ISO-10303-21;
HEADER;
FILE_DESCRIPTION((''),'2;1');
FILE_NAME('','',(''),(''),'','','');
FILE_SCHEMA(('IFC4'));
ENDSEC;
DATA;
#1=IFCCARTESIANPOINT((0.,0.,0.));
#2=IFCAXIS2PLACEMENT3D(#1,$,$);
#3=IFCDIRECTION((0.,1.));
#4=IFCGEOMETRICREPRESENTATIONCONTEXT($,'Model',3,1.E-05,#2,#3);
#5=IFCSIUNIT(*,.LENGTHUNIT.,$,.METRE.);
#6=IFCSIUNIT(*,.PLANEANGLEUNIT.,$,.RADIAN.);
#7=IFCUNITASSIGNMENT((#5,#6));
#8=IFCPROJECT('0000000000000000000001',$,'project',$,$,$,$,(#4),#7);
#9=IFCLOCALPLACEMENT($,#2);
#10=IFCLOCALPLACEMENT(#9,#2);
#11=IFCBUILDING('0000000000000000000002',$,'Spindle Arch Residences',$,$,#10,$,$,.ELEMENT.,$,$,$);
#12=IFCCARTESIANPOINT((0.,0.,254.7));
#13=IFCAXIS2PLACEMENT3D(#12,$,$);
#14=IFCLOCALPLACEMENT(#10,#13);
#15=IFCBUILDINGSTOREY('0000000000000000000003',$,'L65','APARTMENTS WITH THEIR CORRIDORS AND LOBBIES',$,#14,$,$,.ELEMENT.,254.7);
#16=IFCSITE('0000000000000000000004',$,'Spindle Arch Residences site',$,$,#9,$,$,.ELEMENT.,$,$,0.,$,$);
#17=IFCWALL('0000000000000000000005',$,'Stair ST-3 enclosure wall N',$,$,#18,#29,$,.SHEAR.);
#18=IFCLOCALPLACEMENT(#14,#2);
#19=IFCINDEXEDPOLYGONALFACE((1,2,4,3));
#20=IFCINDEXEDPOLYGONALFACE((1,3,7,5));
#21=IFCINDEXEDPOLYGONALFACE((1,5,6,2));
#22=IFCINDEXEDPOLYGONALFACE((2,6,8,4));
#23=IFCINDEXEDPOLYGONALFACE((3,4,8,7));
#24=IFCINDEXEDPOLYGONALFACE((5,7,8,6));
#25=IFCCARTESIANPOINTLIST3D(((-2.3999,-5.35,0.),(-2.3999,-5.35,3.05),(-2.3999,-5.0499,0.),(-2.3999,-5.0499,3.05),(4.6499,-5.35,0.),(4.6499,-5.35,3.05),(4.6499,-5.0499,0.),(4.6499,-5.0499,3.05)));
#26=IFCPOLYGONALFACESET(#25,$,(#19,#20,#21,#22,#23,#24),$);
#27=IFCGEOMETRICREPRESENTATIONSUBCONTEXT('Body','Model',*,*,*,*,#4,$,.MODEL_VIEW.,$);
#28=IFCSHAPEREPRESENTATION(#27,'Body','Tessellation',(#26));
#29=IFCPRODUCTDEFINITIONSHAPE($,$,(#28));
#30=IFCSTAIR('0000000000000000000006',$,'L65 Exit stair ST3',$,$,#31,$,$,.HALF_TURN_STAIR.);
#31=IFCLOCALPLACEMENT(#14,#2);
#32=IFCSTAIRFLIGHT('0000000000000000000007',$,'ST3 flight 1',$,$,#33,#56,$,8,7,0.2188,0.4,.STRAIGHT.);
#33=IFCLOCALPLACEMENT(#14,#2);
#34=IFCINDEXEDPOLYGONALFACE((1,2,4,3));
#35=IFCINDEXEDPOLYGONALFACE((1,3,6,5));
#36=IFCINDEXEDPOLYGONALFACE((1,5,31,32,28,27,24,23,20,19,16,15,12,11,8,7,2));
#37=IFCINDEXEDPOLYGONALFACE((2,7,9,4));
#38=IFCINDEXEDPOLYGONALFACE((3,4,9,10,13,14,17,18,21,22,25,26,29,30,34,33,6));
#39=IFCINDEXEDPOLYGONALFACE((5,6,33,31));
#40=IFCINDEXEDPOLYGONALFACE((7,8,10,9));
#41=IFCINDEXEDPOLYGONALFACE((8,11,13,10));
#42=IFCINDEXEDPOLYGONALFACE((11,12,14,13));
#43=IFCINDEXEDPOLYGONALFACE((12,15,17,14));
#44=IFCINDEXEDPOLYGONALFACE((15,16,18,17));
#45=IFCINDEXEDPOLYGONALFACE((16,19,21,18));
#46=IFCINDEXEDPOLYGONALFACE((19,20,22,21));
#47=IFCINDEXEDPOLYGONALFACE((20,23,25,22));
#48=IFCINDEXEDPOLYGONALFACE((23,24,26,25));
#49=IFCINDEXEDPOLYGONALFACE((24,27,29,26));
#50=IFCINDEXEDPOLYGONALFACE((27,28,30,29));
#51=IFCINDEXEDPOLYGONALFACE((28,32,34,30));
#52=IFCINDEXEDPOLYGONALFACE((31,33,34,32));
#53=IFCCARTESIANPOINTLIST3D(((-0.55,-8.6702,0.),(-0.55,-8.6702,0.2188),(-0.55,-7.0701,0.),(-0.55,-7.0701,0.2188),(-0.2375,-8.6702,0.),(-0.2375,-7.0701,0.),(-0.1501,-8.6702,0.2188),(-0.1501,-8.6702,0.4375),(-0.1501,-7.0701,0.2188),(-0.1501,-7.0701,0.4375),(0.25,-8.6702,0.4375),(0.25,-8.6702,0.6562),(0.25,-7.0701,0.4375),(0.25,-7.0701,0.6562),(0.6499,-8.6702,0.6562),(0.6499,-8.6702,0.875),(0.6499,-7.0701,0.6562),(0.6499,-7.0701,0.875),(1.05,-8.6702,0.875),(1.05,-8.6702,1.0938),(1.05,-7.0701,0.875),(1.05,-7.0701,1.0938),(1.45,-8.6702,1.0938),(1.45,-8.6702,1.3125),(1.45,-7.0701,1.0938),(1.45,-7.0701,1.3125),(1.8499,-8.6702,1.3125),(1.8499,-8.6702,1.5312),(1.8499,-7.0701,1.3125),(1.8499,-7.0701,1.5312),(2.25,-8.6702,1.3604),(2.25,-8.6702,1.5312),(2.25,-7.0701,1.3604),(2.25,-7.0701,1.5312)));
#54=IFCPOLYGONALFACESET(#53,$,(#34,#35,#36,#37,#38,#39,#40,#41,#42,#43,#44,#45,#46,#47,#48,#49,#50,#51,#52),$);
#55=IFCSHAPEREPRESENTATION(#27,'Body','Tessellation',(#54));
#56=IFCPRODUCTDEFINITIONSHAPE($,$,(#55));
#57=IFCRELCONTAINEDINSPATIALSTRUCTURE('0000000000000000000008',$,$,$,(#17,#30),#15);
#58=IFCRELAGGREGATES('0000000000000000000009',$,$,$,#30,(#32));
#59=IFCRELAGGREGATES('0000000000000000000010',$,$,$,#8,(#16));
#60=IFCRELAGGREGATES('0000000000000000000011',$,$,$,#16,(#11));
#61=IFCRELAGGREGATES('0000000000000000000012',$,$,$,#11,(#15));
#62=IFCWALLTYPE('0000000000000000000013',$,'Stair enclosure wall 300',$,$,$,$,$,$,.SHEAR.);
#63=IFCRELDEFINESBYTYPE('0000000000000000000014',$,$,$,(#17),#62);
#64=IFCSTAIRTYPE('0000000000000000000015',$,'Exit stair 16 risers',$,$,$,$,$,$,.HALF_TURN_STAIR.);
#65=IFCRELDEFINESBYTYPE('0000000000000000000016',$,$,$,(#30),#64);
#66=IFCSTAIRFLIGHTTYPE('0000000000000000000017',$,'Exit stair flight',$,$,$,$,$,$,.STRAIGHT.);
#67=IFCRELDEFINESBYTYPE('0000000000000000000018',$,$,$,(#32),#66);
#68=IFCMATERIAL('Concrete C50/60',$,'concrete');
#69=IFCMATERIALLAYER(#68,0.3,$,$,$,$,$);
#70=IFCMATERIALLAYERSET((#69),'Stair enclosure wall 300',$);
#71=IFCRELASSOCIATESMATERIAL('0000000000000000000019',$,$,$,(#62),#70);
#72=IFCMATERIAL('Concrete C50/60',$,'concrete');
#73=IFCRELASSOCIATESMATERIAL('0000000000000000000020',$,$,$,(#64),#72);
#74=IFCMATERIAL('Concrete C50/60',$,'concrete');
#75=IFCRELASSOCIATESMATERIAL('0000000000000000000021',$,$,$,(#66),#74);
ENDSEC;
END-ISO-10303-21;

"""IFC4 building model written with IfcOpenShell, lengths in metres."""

from ifc_helpers import new_model, si_unit, direction, frame, frame_2d, origin, place, context, subcontext, project, spatial, polyline, rectangle, outline, extrude, material, layer, layer_set, type_object, element, aggregate, save


model = new_model("IFC4")

# Units and contexts
model_context = context("Model", 3, precision=1e-05, world=origin(), true_north=direction((0.0, 1.0)))
body_context = subcontext(model_context, "Body", "Model", "MODEL_VIEW")
ifc_project = project(units=[si_unit("LENGTHUNIT", "METRE"), si_unit("PLANEANGLEUNIT", "RADIAN")], contexts=[model_context])

# Site, building, storey
site_placement = place(None, origin())
site = spatial("IfcSite", under=ifc_project, at=site_placement, Name="Spindle Arch Residences site", CompositionType="ELEMENT", RefElevation=0.0)
building_placement = place(site_placement, origin())
building = spatial("IfcBuilding", under=site, at=building_placement, Name="Spindle Arch Residences", CompositionType="ELEMENT")
storey_placement = place(building_placement, frame((0.0, 0.0, 254.7)))
storey = spatial("IfcBuildingStorey", under=building, at=storey_placement, Name="L65", Description="APARTMENTS WITH THEIR CORRIDORS AND LOBBIES", CompositionType="ELEMENT", Elevation=254.7)

# Wall
ifc_material_1 = material(Name="Concrete C50/60", Category="concrete")
ifc_layer_1 = layer(ifc_material_1, 0.3)
ifc_layer_set_1 = layer_set([ifc_layer_1], Name="Stair enclosure wall 300")
wall_type_1 = type_object("IfcWallType", Name="Stair enclosure wall 300", PredefinedType="SHEAR", material=ifc_layer_set_1)
wall_1_placement = place(storey_placement, frame((-2.3999, -5.2, 0.0), z_axis=(0.0, 0.0, 1.0), x_axis=(1.0, 0.0, 0.0)))
element("IfcWall", 1, at=wall_1_placement, inside=storey, type_object=wall_type_1, Name="Stair ST-3 enclosure wall N", PredefinedType="SHEAR", context=body_context, shape_type="SweptSolid", body=[
    extrude(rectangle(XDim=7.0498, YDim=0.3, at=frame_2d((3.5249, 0.0))), origin(), (0.0, 0.0, 1.0), 3.05),
])

# Stair, stair flight
ifc_material_2 = material(Name="Concrete C50/60", Category="concrete")
stair_type = type_object("IfcStairType", Name="Exit stair 16 risers", PredefinedType="HALF_TURN_STAIR", material=ifc_material_2)
stair_placement = place(storey_placement, origin())
stair = element("IfcStair", 2, at=stair_placement, inside=storey, type_object=stair_type, Name="L65 Exit stair ST3", PredefinedType="HALF_TURN_STAIR")
ifc_material_3 = material(Name="Concrete C50/60", Category="concrete")
stair_flight_type = type_object("IfcStairFlightType", Name="Exit stair flight", PredefinedType="STRAIGHT", material=ifc_material_3)
stair_flight_placement = place(storey_placement, frame((-0.55, -7.8701, 0.0), z_axis=(0.0, 0.0, 1.0), x_axis=(1.0, 0.0, 0.0)))
stair_flight = element("IfcStairFlight", 3, at=stair_flight_placement, type_object=stair_flight_type, Name="ST3 flight 1", NumberOfRisers=8, NumberOfTreads=7, PredefinedType="STRAIGHT", RiserHeight=0.2188, TreadLength=0.4, context=body_context, shape_type="SweptSolid", body=[
    extrude(outline(polyline([(0.0, 0.0), (0.0, 0.2188), (0.3999, 0.2188), (0.3999, 0.4375), (0.8, 0.4375), (0.8, 0.6562), (1.2, 0.6562), (1.2, 0.875), (1.6001, 0.875), (1.6001, 1.0938), (2.0, 1.0938), (2.0, 1.3125), (2.3999, 1.3125), (2.3999, 1.5312), (2.8, 1.5312), (2.8, 1.75), (2.8, 1.3604), (0.3125, 0.0), (0.0, 0.0)])), frame((0.0, 0.8, 0.0), z_axis=(0.0, -1.0, 0.0), x_axis=(1.0, 0.0, 0.0)), (0.0, 0.0, 1.0), 1.6001),
])
aggregate(stair, [stair_flight])

save(model, "model.ifc")
